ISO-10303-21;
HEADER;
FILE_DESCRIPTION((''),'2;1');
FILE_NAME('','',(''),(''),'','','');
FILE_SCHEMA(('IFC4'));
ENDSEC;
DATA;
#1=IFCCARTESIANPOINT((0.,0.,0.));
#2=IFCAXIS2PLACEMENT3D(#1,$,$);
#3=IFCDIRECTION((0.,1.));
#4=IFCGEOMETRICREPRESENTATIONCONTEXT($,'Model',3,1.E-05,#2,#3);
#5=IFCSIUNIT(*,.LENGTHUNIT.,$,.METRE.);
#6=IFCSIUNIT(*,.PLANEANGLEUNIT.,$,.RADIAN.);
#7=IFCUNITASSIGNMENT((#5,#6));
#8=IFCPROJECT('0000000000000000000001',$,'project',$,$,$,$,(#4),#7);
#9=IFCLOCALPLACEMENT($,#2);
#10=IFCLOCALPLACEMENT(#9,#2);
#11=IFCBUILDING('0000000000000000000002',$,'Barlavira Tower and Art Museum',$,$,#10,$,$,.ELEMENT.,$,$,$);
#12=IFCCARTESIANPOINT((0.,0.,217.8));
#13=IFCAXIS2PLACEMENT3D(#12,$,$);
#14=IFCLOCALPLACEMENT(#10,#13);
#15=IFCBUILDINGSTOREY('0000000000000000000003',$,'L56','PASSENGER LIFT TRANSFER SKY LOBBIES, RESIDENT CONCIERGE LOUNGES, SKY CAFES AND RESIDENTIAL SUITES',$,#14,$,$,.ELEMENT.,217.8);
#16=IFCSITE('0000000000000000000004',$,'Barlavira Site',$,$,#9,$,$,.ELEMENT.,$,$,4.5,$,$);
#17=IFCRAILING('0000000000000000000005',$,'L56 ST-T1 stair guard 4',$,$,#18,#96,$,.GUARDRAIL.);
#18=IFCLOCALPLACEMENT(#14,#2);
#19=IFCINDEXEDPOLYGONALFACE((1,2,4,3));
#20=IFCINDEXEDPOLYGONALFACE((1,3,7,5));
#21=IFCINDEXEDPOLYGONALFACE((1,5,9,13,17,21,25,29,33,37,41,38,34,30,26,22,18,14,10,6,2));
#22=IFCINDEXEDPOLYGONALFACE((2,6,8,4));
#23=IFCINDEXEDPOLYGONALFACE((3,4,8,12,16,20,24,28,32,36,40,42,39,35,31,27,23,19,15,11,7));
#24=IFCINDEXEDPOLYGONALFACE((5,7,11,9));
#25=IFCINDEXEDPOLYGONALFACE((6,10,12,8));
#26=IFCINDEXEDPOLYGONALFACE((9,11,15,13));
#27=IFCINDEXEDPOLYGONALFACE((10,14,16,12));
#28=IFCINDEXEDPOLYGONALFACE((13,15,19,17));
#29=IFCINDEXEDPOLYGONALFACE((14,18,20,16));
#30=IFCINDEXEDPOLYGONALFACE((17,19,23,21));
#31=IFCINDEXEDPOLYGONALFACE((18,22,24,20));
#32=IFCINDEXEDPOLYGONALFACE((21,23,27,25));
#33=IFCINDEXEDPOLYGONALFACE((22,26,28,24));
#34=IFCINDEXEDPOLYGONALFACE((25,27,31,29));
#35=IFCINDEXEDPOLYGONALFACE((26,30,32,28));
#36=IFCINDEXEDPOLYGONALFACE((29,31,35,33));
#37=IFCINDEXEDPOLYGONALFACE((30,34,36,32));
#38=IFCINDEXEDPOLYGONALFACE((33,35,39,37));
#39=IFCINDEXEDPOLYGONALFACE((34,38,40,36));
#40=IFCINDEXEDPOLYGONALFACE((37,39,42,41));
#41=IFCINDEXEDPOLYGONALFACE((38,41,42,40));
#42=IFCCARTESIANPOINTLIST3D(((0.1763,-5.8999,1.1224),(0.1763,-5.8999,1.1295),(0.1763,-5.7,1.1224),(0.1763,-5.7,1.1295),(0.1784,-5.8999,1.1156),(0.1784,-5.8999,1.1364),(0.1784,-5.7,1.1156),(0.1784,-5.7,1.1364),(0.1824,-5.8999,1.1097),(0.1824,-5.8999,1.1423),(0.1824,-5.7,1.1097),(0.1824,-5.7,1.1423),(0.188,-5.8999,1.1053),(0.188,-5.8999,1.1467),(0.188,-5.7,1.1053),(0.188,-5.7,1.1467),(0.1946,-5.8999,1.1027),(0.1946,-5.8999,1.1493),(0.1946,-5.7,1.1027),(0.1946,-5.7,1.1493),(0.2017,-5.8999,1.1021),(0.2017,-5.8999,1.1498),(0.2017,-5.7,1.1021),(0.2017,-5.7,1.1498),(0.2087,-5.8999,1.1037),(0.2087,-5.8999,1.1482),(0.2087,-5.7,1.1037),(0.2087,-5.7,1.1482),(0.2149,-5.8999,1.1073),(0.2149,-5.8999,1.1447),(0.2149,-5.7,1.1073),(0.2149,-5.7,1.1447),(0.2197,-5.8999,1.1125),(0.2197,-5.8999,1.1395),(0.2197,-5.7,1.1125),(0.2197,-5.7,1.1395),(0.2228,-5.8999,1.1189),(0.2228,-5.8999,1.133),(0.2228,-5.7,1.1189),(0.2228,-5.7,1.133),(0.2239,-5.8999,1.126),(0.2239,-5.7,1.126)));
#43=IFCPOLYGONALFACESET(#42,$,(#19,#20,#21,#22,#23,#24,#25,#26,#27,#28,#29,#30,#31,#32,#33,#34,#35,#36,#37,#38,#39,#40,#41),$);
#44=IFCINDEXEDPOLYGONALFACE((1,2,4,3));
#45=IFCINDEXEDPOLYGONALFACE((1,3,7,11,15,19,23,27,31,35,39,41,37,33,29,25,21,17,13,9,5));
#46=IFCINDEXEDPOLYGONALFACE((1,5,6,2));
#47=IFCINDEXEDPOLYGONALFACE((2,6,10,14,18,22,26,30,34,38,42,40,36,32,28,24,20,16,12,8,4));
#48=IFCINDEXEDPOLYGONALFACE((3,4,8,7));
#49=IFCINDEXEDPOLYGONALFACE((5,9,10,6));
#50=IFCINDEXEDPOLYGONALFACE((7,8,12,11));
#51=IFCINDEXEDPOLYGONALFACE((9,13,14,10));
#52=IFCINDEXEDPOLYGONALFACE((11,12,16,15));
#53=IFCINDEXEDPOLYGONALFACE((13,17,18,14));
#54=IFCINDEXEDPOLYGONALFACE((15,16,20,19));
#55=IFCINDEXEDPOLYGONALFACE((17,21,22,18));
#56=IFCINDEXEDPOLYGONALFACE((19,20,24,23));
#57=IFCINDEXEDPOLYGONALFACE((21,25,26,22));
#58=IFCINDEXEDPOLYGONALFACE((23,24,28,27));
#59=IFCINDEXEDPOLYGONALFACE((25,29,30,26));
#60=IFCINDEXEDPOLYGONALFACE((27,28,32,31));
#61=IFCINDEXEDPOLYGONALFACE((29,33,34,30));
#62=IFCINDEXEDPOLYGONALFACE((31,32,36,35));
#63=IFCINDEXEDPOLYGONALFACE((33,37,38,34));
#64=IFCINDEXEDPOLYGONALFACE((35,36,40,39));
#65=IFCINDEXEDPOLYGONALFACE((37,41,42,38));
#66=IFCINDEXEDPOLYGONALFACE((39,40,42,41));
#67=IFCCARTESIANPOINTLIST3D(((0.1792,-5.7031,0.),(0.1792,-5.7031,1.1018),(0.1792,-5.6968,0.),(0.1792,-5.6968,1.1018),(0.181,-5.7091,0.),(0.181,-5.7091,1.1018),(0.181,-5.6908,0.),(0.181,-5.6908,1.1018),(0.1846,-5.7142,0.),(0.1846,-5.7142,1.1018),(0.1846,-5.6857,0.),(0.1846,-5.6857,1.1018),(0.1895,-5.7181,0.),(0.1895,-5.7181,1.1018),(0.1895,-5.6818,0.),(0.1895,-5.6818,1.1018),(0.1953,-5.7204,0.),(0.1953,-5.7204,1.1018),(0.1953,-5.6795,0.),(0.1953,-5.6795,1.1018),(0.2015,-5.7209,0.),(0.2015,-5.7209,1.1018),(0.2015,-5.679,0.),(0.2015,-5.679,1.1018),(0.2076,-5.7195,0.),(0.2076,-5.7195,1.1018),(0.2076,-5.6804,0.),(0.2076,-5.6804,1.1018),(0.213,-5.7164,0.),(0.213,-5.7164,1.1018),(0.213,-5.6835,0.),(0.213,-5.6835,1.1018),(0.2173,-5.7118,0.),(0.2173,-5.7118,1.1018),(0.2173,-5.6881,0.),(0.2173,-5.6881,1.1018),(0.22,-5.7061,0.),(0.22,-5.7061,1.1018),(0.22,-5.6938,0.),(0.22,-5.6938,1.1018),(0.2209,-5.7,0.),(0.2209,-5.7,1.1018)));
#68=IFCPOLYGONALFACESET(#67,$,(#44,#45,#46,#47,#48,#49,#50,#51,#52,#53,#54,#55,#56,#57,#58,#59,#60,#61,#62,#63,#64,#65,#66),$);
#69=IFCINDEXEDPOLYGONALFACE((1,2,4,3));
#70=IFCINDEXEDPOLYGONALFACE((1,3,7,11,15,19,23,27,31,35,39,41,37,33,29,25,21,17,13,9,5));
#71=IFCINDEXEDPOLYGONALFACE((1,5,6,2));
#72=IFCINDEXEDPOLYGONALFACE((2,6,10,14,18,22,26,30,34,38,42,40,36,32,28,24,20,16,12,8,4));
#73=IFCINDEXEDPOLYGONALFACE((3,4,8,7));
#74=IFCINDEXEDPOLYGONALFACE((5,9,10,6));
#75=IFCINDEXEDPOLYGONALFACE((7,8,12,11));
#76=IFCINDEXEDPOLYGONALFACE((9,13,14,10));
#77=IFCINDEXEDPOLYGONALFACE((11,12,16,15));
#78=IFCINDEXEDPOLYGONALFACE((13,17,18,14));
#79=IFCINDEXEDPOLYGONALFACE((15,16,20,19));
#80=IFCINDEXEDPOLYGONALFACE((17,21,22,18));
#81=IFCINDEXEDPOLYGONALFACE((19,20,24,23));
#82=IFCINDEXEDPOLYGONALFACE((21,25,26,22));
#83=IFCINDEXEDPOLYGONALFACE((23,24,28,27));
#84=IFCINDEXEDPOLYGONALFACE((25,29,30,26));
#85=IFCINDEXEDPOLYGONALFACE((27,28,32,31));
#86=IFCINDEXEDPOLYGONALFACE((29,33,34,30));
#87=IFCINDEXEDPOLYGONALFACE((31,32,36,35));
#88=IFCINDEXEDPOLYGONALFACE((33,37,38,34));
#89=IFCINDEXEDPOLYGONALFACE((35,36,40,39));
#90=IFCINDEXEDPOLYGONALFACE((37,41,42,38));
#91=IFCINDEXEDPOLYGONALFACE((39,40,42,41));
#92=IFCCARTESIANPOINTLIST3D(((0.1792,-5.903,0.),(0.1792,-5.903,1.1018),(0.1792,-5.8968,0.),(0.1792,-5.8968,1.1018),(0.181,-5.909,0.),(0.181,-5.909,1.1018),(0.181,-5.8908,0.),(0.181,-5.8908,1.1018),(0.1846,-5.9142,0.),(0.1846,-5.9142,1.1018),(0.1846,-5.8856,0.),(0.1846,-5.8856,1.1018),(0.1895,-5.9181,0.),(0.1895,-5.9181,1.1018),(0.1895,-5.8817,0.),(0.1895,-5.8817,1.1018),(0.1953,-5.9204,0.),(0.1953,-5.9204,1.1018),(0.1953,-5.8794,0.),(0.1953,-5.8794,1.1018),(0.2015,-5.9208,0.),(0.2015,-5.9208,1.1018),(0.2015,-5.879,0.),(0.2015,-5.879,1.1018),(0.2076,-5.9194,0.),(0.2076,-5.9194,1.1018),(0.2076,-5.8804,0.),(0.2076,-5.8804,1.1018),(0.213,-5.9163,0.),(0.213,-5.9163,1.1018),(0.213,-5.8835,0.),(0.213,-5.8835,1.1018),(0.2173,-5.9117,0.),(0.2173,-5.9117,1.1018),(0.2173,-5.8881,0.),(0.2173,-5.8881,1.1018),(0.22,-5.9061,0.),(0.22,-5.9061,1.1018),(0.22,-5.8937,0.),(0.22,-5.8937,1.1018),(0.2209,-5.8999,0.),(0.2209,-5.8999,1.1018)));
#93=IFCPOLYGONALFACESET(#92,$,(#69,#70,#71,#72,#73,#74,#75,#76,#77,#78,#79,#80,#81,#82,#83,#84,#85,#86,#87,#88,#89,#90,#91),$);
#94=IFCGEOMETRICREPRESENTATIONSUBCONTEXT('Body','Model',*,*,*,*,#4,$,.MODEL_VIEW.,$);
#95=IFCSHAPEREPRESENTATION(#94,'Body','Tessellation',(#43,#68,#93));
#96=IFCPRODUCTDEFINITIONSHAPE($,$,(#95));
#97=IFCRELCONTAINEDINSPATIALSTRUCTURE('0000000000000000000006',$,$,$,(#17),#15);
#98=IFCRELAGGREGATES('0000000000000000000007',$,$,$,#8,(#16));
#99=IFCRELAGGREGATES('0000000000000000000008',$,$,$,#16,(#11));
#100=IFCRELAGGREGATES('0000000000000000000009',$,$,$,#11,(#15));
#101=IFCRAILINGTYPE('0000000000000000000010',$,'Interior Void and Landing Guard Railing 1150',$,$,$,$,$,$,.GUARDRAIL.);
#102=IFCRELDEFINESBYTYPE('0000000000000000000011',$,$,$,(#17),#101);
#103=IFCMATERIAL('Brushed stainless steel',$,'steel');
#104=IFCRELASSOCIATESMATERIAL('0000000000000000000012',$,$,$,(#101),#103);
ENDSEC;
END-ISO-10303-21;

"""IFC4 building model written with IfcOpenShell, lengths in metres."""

from ifc_helpers import new_model, si_unit, direction, frame, origin, origin_2d, place, context, subcontext, project, spatial, circle, extrude, material, type_object, element, save


model = new_model("IFC4")

# Units and contexts
model_context = context("Model", 3, precision=1e-05, world=origin(), true_north=direction((0.0, 1.0)))
body_context = subcontext(model_context, "Body", "Model", "MODEL_VIEW")
ifc_project = project(units=[si_unit("LENGTHUNIT", "METRE"), si_unit("PLANEANGLEUNIT", "RADIAN")], contexts=[model_context])

# Site, building, storey
site_placement = place(None, origin())
site = spatial("IfcSite", under=ifc_project, at=site_placement, Name="Barlavira Site", CompositionType="ELEMENT", RefElevation=4.5)
building_placement = place(site_placement, origin())
building = spatial("IfcBuilding", under=site, at=building_placement, Name="Barlavira Tower and Art Museum", CompositionType="ELEMENT")
storey_placement = place(building_placement, frame((0.0, 0.0, 217.8)))
storey = spatial("IfcBuildingStorey", under=building, at=storey_placement, Name="L56", Description="PASSENGER LIFT TRANSFER SKY LOBBIES, RESIDENT CONCIERGE LOUNGES, SKY CAFES AND RESIDENTIAL SUITES", CompositionType="ELEMENT", Elevation=217.8)

# Shared definitions
ifc_material_1 = material(Name="Brushed stainless steel", Category="steel")

# Railing
railing_type_1 = type_object("IfcRailingType", Name="Interior Void and Landing Guard Railing 1150", PredefinedType="GUARDRAIL", material=ifc_material_1)
railing_1_placement = place(storey_placement, frame((0.2, -5.7, 0.0)))
element("IfcRailing", 1, at=railing_1_placement, inside=storey, type_object=railing_type_1, Name="L56 ST-T1 stair guard 4", PredefinedType="GUARDRAIL", context=body_context, shape_type="SweptSolid", body=[
    extrude(circle(Radius=0.0239, at=origin_2d()), frame((0.0, 0.0, 1.126), z_axis=(0.0, -1.0, 0.0), x_axis=(1.0, 0.0, 0.0)), (0.0, 0.0, 1.0), 0.2),
    extrude(circle(Radius=0.021, at=origin_2d()), origin(), (0.0, 0.0, 1.0), 1.1018),
    extrude(circle(Radius=0.021, at=origin_2d()), frame((0.0, -0.2, 0.0)), (0.0, 0.0, 1.0), 1.1018),
])

save(model, "model.ifc")
